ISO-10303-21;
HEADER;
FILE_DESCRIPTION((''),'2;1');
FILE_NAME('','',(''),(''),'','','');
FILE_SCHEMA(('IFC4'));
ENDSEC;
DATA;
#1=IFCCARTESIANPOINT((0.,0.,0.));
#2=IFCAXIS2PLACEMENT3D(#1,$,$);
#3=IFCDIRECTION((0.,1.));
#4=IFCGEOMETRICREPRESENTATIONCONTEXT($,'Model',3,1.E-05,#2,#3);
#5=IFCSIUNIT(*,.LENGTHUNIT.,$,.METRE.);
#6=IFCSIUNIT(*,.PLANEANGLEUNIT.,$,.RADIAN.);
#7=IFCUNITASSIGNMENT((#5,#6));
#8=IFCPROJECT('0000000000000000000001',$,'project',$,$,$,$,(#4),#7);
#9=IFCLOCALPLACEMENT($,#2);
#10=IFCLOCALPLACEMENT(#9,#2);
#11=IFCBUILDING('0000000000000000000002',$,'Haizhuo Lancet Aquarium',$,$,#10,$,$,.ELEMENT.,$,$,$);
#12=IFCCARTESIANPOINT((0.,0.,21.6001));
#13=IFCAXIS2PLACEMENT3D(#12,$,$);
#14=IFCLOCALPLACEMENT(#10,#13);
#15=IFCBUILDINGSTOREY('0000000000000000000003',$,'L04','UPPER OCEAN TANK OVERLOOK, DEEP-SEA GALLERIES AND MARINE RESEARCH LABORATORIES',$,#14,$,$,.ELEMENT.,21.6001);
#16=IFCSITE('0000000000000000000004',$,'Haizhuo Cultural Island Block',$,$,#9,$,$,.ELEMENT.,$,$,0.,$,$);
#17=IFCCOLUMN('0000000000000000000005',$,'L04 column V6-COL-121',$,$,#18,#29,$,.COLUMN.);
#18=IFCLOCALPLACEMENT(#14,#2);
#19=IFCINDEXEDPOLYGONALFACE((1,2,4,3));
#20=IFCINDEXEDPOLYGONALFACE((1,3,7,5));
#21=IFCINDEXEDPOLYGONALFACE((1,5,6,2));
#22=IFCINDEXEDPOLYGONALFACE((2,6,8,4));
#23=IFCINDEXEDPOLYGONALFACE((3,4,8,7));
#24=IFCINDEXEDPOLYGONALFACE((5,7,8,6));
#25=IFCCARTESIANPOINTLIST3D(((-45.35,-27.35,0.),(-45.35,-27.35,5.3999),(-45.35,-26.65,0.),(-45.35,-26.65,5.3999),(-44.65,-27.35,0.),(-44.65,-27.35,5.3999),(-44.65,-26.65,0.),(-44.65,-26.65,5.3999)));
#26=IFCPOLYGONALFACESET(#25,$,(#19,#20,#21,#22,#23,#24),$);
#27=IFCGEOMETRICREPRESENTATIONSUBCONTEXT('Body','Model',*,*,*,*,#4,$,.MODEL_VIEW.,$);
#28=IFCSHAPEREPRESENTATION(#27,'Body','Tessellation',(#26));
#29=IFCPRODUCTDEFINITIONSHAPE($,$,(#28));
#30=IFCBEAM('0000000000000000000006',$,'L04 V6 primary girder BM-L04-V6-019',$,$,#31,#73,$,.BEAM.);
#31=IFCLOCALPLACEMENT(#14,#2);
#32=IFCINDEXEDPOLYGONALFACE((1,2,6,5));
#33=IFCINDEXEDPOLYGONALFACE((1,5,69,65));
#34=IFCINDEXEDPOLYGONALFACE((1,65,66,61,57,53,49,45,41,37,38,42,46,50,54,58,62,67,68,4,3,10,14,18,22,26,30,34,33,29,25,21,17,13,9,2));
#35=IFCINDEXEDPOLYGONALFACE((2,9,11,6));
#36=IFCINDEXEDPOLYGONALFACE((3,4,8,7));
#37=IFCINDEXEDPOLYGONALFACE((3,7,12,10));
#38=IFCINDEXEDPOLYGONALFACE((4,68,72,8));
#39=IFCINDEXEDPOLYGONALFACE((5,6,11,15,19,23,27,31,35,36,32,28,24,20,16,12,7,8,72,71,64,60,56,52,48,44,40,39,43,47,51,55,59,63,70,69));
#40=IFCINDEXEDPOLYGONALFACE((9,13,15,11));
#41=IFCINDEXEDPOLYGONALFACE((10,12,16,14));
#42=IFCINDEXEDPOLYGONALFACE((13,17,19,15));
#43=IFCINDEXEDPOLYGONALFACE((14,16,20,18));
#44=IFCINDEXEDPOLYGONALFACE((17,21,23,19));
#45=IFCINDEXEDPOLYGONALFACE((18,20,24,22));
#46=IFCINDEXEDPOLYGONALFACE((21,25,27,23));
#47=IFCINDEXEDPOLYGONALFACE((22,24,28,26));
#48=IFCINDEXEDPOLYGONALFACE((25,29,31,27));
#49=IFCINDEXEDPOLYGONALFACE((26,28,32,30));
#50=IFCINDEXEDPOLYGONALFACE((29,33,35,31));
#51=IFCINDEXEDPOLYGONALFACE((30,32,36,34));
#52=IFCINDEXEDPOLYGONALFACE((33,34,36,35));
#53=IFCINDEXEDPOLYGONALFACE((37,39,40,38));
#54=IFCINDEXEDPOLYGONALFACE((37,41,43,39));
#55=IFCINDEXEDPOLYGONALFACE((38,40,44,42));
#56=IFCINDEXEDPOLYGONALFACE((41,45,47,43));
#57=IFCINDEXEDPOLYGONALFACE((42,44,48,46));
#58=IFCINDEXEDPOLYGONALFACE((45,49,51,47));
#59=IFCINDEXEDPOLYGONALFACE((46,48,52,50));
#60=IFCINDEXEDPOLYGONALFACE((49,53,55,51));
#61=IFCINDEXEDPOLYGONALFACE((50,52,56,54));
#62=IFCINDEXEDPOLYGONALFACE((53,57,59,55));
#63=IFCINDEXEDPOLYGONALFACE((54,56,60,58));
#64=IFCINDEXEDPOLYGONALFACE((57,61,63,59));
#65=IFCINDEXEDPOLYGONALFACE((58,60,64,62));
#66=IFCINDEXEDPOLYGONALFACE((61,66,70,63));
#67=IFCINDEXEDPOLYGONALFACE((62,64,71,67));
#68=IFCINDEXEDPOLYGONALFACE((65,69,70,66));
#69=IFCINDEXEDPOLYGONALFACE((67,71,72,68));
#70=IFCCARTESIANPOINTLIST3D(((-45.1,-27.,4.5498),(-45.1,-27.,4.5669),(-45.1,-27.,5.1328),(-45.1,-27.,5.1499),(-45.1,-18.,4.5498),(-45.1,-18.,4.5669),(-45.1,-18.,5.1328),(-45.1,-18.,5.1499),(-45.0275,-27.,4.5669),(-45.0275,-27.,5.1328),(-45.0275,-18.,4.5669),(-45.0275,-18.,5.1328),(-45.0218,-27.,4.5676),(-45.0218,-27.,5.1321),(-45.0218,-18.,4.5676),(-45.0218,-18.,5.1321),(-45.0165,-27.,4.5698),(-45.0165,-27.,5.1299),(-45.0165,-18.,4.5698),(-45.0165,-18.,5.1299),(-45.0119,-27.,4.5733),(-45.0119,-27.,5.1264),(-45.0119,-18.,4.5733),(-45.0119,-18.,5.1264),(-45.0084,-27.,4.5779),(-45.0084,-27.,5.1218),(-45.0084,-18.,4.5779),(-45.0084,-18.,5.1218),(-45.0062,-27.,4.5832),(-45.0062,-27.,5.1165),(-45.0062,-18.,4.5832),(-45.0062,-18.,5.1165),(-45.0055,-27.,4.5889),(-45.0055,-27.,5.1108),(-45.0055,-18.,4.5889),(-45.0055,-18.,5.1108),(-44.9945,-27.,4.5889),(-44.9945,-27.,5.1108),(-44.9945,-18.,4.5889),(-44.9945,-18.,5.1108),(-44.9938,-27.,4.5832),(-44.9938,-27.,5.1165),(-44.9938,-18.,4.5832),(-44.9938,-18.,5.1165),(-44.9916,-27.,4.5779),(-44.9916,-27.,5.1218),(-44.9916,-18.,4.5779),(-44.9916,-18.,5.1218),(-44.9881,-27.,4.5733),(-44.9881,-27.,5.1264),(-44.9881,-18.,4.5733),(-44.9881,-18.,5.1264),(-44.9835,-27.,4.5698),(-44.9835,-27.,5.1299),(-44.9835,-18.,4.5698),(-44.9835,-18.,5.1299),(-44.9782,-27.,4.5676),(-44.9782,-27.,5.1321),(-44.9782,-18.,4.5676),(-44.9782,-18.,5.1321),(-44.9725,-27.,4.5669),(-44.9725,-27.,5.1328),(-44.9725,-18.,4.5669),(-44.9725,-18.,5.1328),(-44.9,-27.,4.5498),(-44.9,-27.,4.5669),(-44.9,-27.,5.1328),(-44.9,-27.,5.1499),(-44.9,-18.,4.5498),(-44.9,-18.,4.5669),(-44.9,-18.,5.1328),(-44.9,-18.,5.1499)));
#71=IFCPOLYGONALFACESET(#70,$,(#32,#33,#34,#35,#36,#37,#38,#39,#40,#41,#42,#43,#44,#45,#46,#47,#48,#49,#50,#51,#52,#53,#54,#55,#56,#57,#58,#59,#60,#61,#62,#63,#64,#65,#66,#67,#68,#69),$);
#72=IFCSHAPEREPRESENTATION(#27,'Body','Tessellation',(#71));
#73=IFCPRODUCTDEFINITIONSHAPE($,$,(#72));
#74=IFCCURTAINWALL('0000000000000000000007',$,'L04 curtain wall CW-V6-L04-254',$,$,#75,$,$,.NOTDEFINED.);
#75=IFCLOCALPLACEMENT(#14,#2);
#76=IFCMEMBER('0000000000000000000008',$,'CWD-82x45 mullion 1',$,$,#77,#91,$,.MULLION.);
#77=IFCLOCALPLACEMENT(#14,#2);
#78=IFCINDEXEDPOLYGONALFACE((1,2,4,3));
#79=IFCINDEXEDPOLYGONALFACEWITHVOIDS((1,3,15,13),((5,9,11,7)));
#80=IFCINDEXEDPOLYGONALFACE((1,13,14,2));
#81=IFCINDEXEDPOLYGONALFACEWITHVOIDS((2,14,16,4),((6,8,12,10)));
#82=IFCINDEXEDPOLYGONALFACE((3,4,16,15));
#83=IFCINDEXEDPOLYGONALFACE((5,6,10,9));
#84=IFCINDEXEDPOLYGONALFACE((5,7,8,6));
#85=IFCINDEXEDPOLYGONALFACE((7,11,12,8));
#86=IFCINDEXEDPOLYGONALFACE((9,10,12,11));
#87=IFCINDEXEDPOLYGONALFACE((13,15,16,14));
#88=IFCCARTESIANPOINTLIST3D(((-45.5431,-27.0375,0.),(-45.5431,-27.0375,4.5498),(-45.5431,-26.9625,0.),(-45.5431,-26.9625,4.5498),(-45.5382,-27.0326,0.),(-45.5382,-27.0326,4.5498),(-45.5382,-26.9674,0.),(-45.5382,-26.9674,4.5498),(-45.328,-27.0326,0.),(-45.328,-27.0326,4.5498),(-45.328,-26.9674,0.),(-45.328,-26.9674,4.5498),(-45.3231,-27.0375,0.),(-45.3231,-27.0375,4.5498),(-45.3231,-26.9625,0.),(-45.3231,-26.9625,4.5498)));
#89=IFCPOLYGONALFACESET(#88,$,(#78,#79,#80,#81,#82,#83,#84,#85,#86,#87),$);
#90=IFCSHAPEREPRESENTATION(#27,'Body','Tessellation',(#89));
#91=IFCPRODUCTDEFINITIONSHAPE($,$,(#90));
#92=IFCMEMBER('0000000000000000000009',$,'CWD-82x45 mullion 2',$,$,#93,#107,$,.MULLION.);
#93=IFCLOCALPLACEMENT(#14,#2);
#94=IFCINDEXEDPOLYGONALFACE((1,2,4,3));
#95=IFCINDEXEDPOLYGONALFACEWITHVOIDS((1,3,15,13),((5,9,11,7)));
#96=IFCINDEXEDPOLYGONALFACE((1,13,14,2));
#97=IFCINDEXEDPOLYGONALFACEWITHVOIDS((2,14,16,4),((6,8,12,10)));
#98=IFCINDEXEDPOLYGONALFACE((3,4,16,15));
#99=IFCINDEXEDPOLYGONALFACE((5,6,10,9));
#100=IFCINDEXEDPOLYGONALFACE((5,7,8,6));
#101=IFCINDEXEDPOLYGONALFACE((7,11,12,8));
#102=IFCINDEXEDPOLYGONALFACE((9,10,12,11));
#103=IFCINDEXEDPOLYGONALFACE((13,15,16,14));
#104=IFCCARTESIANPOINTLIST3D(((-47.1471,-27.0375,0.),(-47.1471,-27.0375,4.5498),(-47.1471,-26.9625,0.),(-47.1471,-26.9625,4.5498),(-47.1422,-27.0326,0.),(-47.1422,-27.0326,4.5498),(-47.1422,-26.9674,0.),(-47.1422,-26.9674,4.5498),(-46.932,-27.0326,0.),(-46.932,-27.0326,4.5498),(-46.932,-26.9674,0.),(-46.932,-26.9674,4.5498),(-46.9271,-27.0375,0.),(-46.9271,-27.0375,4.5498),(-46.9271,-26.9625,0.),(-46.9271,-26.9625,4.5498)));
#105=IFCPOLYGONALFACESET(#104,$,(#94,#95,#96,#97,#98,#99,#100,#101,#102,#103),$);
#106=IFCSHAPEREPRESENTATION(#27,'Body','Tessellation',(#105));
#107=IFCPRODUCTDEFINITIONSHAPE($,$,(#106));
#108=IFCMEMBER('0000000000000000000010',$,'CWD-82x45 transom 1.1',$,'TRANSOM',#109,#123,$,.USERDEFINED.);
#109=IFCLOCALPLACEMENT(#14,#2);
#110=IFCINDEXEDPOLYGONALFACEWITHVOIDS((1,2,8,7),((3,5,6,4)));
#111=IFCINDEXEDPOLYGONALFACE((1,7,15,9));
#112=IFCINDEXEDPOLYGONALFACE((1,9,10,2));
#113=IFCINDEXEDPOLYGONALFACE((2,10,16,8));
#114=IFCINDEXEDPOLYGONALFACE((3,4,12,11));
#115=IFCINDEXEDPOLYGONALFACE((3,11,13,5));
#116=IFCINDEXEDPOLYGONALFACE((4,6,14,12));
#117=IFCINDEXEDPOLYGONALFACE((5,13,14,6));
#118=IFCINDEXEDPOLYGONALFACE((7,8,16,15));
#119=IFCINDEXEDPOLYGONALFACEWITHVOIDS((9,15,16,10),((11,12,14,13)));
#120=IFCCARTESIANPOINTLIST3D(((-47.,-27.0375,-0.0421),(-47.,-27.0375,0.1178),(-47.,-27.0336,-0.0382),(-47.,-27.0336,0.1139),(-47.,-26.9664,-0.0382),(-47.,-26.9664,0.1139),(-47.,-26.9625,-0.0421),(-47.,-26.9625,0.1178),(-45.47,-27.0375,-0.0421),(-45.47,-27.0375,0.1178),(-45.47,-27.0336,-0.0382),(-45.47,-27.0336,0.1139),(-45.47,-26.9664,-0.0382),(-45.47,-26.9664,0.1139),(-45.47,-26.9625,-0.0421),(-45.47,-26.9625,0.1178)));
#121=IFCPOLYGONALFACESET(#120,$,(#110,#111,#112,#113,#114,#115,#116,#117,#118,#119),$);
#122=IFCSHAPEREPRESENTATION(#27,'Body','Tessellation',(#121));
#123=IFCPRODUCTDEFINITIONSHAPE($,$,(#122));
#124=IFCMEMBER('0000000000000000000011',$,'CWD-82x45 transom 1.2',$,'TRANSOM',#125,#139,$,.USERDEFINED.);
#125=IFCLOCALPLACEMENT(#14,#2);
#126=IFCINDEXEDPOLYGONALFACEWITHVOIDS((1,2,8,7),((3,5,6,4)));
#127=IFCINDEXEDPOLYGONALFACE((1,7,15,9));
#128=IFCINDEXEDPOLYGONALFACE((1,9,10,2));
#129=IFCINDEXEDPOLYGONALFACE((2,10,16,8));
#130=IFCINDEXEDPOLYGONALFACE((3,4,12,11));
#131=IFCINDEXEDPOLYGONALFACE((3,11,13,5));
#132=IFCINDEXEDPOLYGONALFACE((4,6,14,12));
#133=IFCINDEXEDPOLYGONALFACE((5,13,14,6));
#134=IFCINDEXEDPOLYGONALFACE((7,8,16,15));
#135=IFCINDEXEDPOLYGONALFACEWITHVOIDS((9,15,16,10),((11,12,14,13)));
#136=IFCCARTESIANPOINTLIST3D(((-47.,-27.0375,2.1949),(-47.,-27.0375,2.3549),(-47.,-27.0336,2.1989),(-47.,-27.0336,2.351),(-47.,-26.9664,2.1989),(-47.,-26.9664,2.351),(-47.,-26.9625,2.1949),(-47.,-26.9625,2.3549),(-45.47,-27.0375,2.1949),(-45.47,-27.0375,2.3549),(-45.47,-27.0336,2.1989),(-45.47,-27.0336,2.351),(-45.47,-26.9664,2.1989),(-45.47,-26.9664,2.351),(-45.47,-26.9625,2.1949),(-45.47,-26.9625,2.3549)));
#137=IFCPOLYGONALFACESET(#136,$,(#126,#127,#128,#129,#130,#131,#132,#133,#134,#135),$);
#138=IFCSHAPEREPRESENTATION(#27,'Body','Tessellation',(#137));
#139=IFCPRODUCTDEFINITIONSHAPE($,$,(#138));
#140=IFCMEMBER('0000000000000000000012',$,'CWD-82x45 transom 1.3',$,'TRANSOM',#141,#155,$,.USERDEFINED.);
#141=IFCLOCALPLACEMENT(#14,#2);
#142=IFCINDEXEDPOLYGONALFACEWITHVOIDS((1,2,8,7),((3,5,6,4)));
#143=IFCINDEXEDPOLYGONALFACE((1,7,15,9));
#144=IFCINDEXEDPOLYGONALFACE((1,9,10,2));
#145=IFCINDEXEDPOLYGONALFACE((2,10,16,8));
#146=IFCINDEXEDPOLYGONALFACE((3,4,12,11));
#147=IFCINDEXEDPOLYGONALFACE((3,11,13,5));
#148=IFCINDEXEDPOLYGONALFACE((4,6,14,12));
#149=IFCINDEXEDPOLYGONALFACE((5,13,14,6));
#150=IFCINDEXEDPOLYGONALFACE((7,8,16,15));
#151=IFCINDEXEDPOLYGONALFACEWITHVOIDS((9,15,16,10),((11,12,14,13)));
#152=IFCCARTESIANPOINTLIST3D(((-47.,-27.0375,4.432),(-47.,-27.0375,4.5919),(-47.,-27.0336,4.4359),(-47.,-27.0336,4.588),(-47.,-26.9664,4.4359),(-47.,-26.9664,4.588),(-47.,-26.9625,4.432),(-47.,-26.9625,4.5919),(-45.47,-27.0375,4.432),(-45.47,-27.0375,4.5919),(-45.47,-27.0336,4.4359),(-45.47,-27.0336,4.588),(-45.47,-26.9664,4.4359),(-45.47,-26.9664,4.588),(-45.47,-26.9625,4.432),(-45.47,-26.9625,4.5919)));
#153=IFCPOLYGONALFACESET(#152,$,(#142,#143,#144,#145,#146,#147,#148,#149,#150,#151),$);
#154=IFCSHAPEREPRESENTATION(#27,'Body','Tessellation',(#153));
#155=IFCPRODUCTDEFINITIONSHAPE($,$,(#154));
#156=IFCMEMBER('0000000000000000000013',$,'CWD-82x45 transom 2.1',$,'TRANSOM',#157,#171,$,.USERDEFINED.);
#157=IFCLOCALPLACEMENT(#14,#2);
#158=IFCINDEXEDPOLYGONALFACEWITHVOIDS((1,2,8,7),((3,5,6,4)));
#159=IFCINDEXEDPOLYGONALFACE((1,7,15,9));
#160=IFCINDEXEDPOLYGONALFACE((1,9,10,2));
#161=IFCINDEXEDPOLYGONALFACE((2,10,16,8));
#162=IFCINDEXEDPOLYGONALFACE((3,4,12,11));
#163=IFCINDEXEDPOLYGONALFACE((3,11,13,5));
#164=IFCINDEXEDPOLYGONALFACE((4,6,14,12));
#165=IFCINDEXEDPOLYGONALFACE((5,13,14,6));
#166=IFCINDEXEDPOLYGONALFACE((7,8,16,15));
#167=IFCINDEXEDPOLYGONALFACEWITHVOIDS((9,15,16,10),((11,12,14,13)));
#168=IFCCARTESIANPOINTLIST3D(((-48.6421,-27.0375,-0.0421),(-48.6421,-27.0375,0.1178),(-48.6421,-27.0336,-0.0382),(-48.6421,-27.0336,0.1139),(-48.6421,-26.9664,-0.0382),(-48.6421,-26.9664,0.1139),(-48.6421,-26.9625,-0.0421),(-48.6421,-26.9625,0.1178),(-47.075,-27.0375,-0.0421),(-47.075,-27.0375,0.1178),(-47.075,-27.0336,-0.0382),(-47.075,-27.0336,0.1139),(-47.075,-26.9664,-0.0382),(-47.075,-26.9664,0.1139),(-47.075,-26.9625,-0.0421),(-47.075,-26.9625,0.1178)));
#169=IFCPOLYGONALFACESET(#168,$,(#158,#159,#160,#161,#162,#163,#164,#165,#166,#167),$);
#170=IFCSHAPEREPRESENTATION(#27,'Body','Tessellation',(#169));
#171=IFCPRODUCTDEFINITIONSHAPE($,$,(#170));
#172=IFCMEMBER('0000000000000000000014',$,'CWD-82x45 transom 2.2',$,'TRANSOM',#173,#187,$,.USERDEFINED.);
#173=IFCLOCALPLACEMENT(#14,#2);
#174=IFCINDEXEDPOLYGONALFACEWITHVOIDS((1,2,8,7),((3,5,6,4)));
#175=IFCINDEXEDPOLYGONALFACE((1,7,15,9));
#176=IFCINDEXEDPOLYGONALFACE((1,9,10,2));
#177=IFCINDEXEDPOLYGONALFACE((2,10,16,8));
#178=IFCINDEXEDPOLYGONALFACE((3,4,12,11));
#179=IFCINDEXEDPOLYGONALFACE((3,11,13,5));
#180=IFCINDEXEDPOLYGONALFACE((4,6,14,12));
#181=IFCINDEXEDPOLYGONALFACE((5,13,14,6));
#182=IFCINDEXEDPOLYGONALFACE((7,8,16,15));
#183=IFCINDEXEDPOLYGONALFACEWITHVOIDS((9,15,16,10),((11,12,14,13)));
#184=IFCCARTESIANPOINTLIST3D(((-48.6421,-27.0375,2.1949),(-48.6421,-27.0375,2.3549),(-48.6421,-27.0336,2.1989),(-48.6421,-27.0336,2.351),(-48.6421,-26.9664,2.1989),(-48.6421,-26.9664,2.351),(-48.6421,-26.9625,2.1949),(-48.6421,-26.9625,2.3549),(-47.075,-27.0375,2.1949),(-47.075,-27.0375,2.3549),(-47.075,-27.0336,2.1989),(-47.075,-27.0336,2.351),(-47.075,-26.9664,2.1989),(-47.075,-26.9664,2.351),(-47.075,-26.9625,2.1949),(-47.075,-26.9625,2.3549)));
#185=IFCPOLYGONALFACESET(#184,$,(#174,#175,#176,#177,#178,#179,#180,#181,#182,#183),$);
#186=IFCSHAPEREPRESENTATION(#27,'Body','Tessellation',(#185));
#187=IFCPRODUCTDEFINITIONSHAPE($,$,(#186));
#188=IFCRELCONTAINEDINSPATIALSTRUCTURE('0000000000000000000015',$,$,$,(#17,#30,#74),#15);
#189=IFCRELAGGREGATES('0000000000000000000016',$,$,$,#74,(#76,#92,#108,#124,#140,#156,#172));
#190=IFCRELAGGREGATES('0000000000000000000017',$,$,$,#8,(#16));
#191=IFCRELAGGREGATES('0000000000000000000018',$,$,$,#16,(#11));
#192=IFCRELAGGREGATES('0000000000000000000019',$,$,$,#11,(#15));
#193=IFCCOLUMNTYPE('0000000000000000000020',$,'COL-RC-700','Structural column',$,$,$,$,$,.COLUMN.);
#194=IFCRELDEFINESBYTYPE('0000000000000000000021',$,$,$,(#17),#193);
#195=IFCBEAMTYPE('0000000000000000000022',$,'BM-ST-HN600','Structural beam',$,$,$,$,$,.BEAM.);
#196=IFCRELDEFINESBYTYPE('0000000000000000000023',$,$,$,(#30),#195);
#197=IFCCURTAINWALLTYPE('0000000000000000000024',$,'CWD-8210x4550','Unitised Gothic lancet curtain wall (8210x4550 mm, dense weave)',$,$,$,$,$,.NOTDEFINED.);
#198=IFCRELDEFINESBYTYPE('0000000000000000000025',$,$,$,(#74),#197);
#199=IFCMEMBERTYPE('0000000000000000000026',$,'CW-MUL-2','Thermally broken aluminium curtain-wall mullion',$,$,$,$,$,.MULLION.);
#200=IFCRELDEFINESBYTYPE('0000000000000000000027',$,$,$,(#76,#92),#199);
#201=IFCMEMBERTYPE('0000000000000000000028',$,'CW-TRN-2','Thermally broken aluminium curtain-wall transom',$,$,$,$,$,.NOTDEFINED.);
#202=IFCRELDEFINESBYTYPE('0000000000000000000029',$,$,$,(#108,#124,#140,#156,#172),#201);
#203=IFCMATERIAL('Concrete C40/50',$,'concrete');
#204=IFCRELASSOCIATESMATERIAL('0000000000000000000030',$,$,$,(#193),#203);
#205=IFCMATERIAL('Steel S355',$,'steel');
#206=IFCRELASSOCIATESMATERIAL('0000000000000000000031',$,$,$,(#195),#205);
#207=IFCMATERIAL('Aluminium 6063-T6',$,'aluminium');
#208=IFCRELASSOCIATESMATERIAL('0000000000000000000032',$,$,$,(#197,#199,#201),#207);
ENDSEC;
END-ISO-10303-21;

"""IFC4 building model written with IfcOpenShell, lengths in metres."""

from ifc_helpers import new_model, si_unit, direction, frame, origin, origin_2d, place, context, subcontext, project, spatial, rectangle, hollow_rectangle, i_section, extrude, material, material_profile, profile_set, type_object, element, aggregate, save


model = new_model("IFC4")

# Units and contexts
model_context = context("Model", 3, precision=1e-05, world=origin(), true_north=direction((0.0, 1.0)))
body_context = subcontext(model_context, "Body", "Model", "MODEL_VIEW")
ifc_project = project(units=[si_unit("LENGTHUNIT", "METRE"), si_unit("PLANEANGLEUNIT", "RADIAN")], contexts=[model_context])

# Site, building, storey
site_placement = place(None, origin())
site = spatial("IfcSite", under=ifc_project, at=site_placement, Name="Haizhuo Cultural Island Block", CompositionType="ELEMENT", RefElevation=0.0)
building_placement = place(site_placement, origin())
building = spatial("IfcBuilding", under=site, at=building_placement, Name="Haizhuo Lancet Aquarium", CompositionType="ELEMENT")
storey_placement = place(building_placement, frame((0.0, 0.0, 21.6001)))
storey = spatial("IfcBuildingStorey", under=building, at=storey_placement, Name="L04", Description="UPPER OCEAN TANK OVERLOOK, DEEP-SEA GALLERIES AND MARINE RESEARCH LABORATORIES", CompositionType="ELEMENT", Elevation=21.6001)

# Column
ifc_material_1 = material(Name="Concrete C40/50", Category="concrete")
ifc_material_profile_1 = material_profile(ifc_material_1, rectangle(XDim=0.7, YDim=0.7, at=origin_2d()), Name="RC-COL 700x700")
ifc_profile_set_1 = profile_set([ifc_material_profile_1], Name="Concrete C40/50")
column_type = type_object("IfcColumnType", Name="COL-RC-700", Description="Structural column", PredefinedType="COLUMN", material=ifc_profile_set_1)
column_placement = place(storey_placement, frame((-45.0, -27.0, 0.0), z_axis=(0.0, 0.0, 1.0), x_axis=(1.0, 0.0, 0.0)))
element("IfcColumn", 1, at=column_placement, inside=storey, type_object=column_type, Name="L04 column V6-COL-121", PredefinedType="COLUMN", context=body_context, shape_type="SweptSolid", body=[
    extrude(rectangle(XDim=0.7, YDim=0.7, at=origin_2d()), origin(), (0.0, 0.0, 1.0), 5.3999),
])

# Beam
ifc_material_2 = material(Name="Steel S355", Category="steel")
ifc_material_profile_2 = material_profile(ifc_material_2, i_section(OverallWidth=0.2, OverallDepth=0.6001, WebThickness=0.011, FlangeThickness=0.0171, FilletRadius=0.022, at=origin_2d()), Name="HN 600x200x11x17")
ifc_profile_set_2 = profile_set([ifc_material_profile_2], Name="Steel S355")
beam_type = type_object("IfcBeamType", Name="BM-ST-HN600", Description="Structural beam", PredefinedType="BEAM", material=ifc_profile_set_2)
beam_placement = place(storey_placement, frame((-45.0, -27.0, 4.8499), z_axis=(0.0, 1.0, 0.0), x_axis=(-1.0, 0.0, 0.0)))
element("IfcBeam", 2, at=beam_placement, inside=storey, type_object=beam_type, Name="L04 V6 primary girder BM-L04-V6-019", PredefinedType="BEAM", context=body_context, shape_type="SweptSolid", body=[
    extrude(i_section(OverallWidth=0.2, OverallDepth=0.6001, WebThickness=0.011, FlangeThickness=0.0171, FilletRadius=0.022, at=origin_2d()), origin(), (0.0, 0.0, 1.0), 9.0),
])

# Curtain wall, members
ifc_material_3 = material(Name="Aluminium 6063-T6", Category="aluminium")
curtain_wall_type = type_object("IfcCurtainWallType", Name="CWD-8210x4550", Description="Unitised Gothic lancet curtain wall (8210x4550 mm, dense weave)", PredefinedType="NOTDEFINED", material=ifc_material_3)
curtain_wall_placement = place(storey_placement, origin())
curtain_wall = element("IfcCurtainWall", 3, at=curtain_wall_placement, inside=storey, type_object=curtain_wall_type, Name="L04 curtain wall CW-V6-L04-254", PredefinedType="NOTDEFINED")
ifc_material_profile_3 = material_profile(ifc_material_3, hollow_rectangle(XDim=0.075, YDim=0.22, WallThickness=0.0049, at=origin_2d()), Name="ALU-M 75x220x5")
ifc_profile_set_3 = profile_set([ifc_material_profile_3], Name="Aluminium 6063-T6")
member_type_1 = type_object("IfcMemberType", Name="CW-MUL-2", Description="Thermally broken aluminium curtain-wall mullion", PredefinedType="MULLION", material=ifc_profile_set_3)
member_1_placement = place(storey_placement, frame((-45.4331, -27.0, 0.0), z_axis=(0.0, 0.0, 1.0), x_axis=(0.0, -1.0, 0.0)))
member_1 = element("IfcMember", 4, at=member_1_placement, type_object=member_type_1, Name="CWD-82x45 mullion 1", PredefinedType="MULLION", context=body_context, shape_type="SweptSolid", body=[
    extrude(hollow_rectangle(XDim=0.075, YDim=0.22, WallThickness=0.0049, at=origin_2d()), origin(), (0.0, 0.0, 1.0), 4.5498),
])
member_2_placement = place(storey_placement, frame((-47.0371, -27.0, 0.0), z_axis=(0.0, 0.0, 1.0), x_axis=(0.0, -1.0, 0.0)))
member_2 = element("IfcMember", 5, at=member_2_placement, type_object=member_type_1, Name="CWD-82x45 mullion 2", PredefinedType="MULLION", context=body_context, shape_type="SweptSolid", body=[
    extrude(hollow_rectangle(XDim=0.075, YDim=0.22, WallThickness=0.0049, at=origin_2d()), origin(), (0.0, 0.0, 1.0), 4.5498),
])
ifc_material_profile_4 = material_profile(ifc_material_3, hollow_rectangle(XDim=0.075, YDim=0.1599, WallThickness=0.0039, at=origin_2d()), Name="ALU-T 75x160x4")
ifc_profile_set_4 = profile_set([ifc_material_profile_4], Name="Aluminium 6063-T6")
member_type_2 = type_object("IfcMemberType", Name="CW-TRN-2", Description="Thermally broken aluminium curtain-wall transom", PredefinedType="NOTDEFINED", material=ifc_profile_set_4)
member_3_placement = place(storey_placement, frame((-45.47, -27.0, 0.0378), z_axis=(-1.0, 0.0, 0.0), x_axis=(0.0, -1.0, 0.0)))
member_3 = element("IfcMember", 6, at=member_3_placement, type_object=member_type_2, Name="CWD-82x45 transom 1.1", ObjectType="TRANSOM", PredefinedType="USERDEFINED", context=body_context, shape_type="SweptSolid", body=[
    extrude(hollow_rectangle(XDim=0.075, YDim=0.1599, WallThickness=0.0039, at=origin_2d()), origin(), (0.0, 0.0, 1.0), 1.53),
])
member_4_placement = place(storey_placement, frame((-45.47, -27.0, 2.2749), z_axis=(-1.0, 0.0, 0.0), x_axis=(0.0, -1.0, 0.0)))
member_4 = element("IfcMember", 7, at=member_4_placement, type_object=member_type_2, Name="CWD-82x45 transom 1.2", ObjectType="TRANSOM", PredefinedType="USERDEFINED", context=body_context, shape_type="SweptSolid", body=[
    extrude(hollow_rectangle(XDim=0.075, YDim=0.1599, WallThickness=0.0039, at=origin_2d()), origin(), (0.0, 0.0, 1.0), 1.53),
])
member_5_placement = place(storey_placement, frame((-45.47, -27.0, 4.512), z_axis=(-1.0, 0.0, 0.0), x_axis=(0.0, -1.0, 0.0)))
member_5 = element("IfcMember", 8, at=member_5_placement, type_object=member_type_2, Name="CWD-82x45 transom 1.3", ObjectType="TRANSOM", PredefinedType="USERDEFINED", context=body_context, shape_type="SweptSolid", body=[
    extrude(hollow_rectangle(XDim=0.075, YDim=0.1599, WallThickness=0.0039, at=origin_2d()), origin(), (0.0, 0.0, 1.0), 1.53),
])
member_6_placement = place(storey_placement, frame((-47.075, -27.0, 0.0378), z_axis=(-1.0, 0.0, 0.0), x_axis=(0.0, -1.0, 0.0)))
member_6 = element("IfcMember", 9, at=member_6_placement, type_object=member_type_2, Name="CWD-82x45 transom 2.1", ObjectType="TRANSOM", PredefinedType="USERDEFINED", context=body_context, shape_type="SweptSolid", body=[
    extrude(hollow_rectangle(XDim=0.075, YDim=0.1599, WallThickness=0.0039, at=origin_2d()), origin(), (0.0, 0.0, 1.0), 1.5671),
])
member_7_placement = place(storey_placement, frame((-47.075, -27.0, 2.2749), z_axis=(-1.0, 0.0, 0.0), x_axis=(0.0, -1.0, 0.0)))
member_7 = element("IfcMember", 10, at=member_7_placement, type_object=member_type_2, Name="CWD-82x45 transom 2.2", ObjectType="TRANSOM", PredefinedType="USERDEFINED", context=body_context, shape_type="SweptSolid", body=[
    extrude(hollow_rectangle(XDim=0.075, YDim=0.1599, WallThickness=0.0039, at=origin_2d()), origin(), (0.0, 0.0, 1.0), 1.5671),
])

aggregate(curtain_wall, [member_1, member_2, member_3, member_4, member_5, member_6, member_7])

save(model, "model.ifc")
